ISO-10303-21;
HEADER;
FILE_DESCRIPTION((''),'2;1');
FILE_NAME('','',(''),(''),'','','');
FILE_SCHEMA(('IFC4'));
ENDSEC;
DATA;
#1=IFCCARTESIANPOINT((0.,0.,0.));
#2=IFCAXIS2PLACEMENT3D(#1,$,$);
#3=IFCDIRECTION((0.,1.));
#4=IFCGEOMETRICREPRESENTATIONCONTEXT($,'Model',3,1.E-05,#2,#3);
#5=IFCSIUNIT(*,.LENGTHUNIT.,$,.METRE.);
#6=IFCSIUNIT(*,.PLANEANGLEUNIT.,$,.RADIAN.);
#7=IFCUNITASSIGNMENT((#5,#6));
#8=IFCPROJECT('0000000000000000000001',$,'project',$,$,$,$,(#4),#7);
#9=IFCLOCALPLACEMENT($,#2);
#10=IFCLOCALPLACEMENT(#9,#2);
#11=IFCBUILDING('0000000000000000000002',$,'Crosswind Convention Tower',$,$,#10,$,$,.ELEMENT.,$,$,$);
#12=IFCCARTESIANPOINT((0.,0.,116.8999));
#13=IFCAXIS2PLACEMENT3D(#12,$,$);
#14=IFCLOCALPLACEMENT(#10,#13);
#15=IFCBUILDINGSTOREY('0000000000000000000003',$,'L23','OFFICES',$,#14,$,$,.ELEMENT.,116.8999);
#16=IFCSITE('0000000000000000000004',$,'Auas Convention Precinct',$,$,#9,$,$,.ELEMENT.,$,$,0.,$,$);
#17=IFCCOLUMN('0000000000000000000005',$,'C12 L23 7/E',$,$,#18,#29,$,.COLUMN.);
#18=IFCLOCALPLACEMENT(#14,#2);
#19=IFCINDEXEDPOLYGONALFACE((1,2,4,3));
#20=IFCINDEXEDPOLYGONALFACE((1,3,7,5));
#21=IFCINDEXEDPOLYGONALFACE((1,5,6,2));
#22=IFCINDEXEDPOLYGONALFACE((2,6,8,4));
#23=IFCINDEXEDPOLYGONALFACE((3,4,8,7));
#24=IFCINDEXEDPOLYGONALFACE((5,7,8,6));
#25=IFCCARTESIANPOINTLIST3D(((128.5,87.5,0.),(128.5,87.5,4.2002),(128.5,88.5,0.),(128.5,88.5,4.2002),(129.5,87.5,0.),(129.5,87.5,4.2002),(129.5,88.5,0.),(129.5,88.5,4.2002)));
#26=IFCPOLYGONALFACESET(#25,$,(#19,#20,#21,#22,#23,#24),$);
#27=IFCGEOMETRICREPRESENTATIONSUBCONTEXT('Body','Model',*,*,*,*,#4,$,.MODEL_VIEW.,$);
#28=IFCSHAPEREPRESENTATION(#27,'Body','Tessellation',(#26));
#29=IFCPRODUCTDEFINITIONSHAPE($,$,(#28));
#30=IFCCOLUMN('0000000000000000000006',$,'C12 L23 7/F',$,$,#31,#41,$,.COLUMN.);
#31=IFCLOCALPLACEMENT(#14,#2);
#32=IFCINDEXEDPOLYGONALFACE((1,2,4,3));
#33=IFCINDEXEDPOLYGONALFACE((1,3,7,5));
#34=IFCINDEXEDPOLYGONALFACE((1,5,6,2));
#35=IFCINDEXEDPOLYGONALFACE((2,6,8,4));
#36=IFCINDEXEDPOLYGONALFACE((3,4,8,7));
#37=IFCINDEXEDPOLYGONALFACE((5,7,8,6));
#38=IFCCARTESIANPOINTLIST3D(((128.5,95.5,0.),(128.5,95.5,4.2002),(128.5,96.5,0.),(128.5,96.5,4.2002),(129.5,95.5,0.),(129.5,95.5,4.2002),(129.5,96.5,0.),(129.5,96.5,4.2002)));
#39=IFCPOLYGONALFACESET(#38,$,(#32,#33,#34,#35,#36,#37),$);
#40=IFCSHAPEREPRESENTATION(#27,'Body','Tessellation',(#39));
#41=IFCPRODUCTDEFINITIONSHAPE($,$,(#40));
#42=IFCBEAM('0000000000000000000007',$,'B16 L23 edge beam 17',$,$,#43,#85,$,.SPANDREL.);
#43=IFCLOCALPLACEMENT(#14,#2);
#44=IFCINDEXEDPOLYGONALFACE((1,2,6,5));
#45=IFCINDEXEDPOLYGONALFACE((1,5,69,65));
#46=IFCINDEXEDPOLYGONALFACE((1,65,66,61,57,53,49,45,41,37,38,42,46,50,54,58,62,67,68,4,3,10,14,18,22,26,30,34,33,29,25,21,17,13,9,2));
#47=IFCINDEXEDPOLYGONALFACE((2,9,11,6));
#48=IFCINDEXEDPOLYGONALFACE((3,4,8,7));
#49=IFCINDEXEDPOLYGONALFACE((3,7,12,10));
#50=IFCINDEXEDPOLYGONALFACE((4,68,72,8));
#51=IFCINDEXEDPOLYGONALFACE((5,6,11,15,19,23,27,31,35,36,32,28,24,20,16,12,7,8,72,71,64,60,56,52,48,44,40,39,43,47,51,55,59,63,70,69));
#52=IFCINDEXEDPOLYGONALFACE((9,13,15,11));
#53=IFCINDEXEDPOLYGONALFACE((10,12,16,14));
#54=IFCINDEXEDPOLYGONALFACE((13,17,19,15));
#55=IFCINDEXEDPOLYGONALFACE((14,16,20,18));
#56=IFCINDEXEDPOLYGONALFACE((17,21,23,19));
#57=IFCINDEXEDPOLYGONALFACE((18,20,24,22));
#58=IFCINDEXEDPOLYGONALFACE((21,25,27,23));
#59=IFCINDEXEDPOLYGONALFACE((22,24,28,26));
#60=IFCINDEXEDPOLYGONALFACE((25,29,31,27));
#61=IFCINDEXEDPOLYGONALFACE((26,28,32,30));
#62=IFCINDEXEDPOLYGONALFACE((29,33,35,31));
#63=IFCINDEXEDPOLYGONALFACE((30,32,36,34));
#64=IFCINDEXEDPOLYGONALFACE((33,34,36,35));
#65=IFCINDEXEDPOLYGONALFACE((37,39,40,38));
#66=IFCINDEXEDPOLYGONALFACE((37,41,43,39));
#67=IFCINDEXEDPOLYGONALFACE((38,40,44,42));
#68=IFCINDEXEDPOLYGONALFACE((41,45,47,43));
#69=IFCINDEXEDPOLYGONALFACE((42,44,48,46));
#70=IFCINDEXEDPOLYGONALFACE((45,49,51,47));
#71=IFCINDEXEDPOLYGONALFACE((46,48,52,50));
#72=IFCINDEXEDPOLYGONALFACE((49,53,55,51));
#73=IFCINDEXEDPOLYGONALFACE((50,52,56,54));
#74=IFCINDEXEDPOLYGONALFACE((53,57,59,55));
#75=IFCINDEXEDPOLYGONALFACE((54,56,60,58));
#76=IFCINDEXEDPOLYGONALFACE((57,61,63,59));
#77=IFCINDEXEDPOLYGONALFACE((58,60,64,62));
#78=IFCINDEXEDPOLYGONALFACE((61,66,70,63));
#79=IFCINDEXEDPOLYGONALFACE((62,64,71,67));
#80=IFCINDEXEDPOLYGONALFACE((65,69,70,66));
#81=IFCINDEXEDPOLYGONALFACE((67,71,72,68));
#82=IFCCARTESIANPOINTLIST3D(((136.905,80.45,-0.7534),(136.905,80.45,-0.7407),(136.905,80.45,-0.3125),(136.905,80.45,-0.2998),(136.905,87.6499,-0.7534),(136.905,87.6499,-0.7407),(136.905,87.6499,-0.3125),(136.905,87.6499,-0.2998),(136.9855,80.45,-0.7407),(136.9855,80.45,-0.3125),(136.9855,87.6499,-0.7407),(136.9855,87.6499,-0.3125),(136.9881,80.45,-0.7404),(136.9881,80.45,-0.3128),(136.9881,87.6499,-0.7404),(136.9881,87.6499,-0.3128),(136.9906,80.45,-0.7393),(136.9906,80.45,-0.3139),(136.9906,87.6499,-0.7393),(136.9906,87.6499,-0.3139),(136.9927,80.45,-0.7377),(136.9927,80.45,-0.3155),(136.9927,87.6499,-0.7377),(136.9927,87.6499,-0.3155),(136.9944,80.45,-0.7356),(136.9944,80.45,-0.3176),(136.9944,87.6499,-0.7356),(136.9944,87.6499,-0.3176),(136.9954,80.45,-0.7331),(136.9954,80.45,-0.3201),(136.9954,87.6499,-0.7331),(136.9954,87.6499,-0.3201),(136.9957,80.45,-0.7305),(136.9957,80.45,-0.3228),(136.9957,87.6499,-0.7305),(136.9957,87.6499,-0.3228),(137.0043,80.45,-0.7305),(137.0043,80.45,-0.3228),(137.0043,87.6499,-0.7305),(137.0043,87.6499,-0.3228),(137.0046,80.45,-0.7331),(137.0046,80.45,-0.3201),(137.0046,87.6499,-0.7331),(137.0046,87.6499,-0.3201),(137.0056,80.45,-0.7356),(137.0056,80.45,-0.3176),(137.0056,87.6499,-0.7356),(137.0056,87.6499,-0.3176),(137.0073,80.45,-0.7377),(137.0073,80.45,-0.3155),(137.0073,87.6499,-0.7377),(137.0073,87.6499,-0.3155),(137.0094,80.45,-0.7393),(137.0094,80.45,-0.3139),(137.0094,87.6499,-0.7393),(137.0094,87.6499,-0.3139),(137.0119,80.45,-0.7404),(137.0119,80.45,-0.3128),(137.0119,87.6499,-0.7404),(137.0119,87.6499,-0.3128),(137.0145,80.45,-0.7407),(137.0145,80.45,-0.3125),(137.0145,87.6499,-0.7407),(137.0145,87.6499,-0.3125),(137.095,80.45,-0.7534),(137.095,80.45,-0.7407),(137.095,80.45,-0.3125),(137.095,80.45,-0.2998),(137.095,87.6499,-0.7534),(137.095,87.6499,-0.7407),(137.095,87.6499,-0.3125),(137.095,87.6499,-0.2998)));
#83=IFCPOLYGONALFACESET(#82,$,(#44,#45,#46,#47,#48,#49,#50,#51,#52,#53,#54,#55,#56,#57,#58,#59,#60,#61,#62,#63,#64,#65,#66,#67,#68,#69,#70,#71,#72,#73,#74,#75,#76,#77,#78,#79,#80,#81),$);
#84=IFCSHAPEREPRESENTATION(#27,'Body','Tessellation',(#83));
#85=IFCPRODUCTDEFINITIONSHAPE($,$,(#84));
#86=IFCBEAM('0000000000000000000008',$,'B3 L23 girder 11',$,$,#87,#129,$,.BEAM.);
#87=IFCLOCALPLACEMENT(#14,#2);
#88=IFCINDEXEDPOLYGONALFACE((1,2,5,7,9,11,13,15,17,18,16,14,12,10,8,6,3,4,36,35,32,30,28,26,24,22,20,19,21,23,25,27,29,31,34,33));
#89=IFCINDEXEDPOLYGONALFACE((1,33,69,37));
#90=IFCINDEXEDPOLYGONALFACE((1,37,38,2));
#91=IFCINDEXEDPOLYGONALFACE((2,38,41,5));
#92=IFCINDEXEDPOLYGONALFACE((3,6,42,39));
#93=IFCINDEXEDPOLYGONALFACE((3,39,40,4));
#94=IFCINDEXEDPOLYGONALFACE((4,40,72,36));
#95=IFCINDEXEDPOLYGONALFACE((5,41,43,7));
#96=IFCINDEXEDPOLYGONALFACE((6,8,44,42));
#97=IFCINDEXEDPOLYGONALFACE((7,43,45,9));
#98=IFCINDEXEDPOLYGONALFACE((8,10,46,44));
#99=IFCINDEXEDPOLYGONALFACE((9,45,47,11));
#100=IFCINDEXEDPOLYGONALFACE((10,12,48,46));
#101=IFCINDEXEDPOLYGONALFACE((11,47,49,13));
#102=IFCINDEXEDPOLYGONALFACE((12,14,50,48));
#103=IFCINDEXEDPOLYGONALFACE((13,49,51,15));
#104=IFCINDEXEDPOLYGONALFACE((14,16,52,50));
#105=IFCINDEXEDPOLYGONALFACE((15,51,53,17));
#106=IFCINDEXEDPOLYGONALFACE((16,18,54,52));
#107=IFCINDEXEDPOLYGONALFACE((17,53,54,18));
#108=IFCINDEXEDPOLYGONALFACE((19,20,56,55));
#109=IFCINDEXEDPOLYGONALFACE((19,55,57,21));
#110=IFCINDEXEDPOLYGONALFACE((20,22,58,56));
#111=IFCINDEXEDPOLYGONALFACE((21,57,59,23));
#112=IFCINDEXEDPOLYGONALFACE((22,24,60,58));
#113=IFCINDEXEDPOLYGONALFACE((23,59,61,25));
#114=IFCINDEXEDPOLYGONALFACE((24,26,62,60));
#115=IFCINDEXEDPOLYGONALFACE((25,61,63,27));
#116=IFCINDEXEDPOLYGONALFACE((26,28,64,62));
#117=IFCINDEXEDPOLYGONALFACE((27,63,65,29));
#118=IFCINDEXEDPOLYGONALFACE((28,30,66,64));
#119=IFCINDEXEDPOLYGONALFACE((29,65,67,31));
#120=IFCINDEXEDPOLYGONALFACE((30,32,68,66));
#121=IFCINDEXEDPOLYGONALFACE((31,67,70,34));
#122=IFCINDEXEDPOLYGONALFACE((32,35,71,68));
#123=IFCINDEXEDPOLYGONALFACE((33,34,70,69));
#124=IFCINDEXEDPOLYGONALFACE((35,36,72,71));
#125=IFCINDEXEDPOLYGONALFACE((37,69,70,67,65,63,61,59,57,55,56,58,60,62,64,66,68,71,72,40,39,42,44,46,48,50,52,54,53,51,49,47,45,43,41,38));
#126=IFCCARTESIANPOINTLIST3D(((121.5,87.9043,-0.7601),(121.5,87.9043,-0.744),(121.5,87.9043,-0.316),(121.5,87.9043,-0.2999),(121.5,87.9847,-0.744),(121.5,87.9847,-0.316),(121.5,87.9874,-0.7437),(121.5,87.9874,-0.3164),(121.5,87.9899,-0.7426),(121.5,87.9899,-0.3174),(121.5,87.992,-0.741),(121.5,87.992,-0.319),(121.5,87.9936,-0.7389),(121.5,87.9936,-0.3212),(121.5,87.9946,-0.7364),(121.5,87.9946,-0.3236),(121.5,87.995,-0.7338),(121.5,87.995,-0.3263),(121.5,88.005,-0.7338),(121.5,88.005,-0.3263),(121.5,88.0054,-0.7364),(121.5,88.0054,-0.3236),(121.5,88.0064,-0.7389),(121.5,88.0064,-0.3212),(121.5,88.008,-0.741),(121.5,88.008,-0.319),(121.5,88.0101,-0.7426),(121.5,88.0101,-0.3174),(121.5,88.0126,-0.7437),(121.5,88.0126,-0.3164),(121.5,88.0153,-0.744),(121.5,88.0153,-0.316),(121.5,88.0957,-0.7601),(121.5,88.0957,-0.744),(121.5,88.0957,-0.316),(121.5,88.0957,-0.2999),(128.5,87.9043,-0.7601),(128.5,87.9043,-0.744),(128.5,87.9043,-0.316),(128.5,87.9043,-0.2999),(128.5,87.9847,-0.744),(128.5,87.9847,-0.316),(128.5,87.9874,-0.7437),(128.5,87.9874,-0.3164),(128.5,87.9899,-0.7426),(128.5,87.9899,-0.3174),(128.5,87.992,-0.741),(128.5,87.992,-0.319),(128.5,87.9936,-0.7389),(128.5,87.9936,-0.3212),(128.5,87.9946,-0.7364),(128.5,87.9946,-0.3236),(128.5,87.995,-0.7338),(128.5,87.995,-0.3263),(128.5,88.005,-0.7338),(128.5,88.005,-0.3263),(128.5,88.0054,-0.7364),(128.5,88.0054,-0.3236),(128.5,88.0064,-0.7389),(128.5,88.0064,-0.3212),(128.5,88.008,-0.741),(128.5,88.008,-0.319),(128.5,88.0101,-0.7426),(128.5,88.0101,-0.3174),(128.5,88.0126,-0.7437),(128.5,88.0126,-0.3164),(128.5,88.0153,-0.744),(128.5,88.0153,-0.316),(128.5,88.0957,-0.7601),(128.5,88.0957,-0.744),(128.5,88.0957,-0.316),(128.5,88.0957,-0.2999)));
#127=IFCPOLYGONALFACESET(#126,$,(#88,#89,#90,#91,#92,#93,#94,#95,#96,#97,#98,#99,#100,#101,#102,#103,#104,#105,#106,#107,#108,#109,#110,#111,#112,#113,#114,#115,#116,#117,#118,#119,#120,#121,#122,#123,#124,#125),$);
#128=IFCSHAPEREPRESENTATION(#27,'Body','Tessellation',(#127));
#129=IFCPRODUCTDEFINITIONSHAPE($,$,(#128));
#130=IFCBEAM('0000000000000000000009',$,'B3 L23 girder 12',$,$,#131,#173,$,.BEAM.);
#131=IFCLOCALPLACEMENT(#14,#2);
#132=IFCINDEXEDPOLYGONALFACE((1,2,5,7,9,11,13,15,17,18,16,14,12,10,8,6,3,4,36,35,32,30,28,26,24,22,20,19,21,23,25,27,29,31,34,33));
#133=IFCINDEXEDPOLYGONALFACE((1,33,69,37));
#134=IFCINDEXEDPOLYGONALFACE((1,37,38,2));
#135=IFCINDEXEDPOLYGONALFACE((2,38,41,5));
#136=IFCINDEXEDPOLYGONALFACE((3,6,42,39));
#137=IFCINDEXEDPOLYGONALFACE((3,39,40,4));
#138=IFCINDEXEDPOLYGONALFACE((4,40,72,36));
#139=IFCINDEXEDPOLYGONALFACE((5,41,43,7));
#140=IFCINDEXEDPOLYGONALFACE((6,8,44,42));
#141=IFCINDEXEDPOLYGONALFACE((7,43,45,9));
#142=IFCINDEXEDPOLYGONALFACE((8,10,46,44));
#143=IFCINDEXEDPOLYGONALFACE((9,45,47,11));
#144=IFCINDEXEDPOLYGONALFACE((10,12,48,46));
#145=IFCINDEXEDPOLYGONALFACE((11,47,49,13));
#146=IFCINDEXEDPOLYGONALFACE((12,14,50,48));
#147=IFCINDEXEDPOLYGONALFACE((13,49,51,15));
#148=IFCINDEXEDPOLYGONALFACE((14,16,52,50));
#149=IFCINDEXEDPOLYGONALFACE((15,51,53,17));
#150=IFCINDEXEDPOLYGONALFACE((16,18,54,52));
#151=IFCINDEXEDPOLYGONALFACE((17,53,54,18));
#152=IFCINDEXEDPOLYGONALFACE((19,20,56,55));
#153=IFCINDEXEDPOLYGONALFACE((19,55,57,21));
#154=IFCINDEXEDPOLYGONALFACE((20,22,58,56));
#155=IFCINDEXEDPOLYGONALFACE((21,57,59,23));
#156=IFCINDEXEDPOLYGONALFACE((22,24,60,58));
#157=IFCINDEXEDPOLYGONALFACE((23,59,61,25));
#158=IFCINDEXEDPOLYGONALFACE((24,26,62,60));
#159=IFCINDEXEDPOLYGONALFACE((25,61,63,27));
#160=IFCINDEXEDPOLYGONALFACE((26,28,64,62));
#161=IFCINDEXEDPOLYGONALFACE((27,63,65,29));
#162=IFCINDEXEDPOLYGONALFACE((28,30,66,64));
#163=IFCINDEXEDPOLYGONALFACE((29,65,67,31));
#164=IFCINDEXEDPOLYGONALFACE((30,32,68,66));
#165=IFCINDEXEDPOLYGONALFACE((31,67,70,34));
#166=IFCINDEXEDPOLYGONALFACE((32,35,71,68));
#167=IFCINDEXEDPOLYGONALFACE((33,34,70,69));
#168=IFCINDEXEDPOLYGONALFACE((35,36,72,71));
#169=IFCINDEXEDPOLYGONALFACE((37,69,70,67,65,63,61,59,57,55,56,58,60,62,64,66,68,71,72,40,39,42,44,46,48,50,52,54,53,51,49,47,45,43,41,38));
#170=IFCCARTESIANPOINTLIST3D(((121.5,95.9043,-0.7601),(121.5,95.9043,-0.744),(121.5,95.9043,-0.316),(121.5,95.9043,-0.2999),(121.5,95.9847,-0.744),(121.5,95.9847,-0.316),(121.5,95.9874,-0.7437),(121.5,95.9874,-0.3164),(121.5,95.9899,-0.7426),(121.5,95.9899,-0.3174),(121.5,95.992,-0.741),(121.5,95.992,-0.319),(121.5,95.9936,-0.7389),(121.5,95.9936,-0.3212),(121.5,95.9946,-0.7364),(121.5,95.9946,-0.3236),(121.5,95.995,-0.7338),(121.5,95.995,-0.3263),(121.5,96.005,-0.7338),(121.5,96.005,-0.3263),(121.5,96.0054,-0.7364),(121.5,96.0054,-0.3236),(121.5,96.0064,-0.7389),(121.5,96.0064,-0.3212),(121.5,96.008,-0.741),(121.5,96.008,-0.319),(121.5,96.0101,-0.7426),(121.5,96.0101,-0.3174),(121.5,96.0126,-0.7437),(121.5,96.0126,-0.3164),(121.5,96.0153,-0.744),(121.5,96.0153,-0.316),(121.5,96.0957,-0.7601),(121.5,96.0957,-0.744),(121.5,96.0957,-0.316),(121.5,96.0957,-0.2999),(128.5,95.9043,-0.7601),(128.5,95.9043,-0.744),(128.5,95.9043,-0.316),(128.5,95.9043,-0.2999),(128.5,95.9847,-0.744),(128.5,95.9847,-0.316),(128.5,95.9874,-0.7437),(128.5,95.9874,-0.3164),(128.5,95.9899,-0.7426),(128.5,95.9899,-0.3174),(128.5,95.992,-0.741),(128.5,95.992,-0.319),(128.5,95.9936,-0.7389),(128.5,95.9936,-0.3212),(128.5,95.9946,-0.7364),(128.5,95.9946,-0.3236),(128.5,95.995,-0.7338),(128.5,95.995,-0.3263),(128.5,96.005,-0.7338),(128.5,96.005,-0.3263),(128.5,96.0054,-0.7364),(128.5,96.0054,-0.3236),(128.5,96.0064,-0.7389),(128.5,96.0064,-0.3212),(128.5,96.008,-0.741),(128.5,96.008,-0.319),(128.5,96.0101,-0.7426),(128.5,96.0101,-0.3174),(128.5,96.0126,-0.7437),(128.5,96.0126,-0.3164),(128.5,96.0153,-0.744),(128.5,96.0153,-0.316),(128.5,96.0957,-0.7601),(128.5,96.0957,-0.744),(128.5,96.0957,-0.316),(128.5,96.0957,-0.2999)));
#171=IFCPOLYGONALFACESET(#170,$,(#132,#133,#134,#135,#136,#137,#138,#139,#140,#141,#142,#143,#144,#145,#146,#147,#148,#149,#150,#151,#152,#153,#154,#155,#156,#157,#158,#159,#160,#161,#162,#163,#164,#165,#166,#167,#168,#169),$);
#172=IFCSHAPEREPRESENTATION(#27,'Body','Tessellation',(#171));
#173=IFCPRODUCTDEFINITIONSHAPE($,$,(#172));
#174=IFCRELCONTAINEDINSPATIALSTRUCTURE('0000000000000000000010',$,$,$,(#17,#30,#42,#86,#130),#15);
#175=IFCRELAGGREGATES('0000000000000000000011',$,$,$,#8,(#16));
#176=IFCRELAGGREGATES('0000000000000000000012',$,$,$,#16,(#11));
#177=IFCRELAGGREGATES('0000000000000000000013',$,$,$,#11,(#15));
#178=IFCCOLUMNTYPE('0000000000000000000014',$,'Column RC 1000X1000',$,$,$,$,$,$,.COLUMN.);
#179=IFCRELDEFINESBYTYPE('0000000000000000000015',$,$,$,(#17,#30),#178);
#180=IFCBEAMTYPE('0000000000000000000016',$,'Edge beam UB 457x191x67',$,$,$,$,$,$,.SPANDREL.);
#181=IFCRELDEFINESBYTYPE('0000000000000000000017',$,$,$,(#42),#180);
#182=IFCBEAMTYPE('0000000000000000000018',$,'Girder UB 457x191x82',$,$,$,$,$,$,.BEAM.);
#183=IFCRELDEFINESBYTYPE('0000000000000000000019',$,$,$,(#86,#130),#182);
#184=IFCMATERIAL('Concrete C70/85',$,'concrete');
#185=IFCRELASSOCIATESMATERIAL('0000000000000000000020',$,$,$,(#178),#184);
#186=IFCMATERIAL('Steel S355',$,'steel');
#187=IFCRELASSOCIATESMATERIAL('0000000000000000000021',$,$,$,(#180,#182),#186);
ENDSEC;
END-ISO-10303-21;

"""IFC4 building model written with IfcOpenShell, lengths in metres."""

from ifc_helpers import new_model, si_unit, direction, frame, origin, origin_2d, place, context, subcontext, project, spatial, rectangle, i_section, extrude, material, material_profile, profile_set, type_object, element, save


model = new_model("IFC4")

# Units and contexts
model_context = context("Model", 3, precision=1e-05, world=origin(), true_north=direction((0.0, 1.0)))
body_context = subcontext(model_context, "Body", "Model", "MODEL_VIEW")
ifc_project = project(units=[si_unit("LENGTHUNIT", "METRE"), si_unit("PLANEANGLEUNIT", "RADIAN")], contexts=[model_context])

# Site, building, storey
site_placement = place(None, origin())
site = spatial("IfcSite", under=ifc_project, at=site_placement, Name="Auas Convention Precinct", CompositionType="ELEMENT", RefElevation=0.0)
building_placement = place(site_placement, origin())
building = spatial("IfcBuilding", under=site, at=building_placement, Name="Crosswind Convention Tower", CompositionType="ELEMENT")
storey_placement = place(building_placement, frame((0.0, 0.0, 116.8999)))
storey = spatial("IfcBuildingStorey", under=building, at=storey_placement, Name="L23", Description="OFFICES", CompositionType="ELEMENT", Elevation=116.8999)

# Columns
ifc_material_1 = material(Name="Concrete C70/85", Category="concrete")
ifc_material_profile_1 = material_profile(ifc_material_1, rectangle(XDim=1.0, YDim=1.0, at=origin_2d()), Name="RC 1000X1000")
ifc_profile_set_1 = profile_set([ifc_material_profile_1], Name="Concrete C70/85")
column_type = type_object("IfcColumnType", Name="Column RC 1000X1000", PredefinedType="COLUMN", material=ifc_profile_set_1)
for number, where, z_axis, x_axis, name in (
    (1, (129.0, 88.0, 0.0), (0.0, 0.0, 1.0), (1.0, 0.0, 0.0), "C12 L23 7/E"),
    (2, (129.0, 96.0, 0.0), (0.0, 0.0, 1.0), (1.0, 0.0, 0.0), "C12 L23 7/F"),
):
    element("IfcColumn", number, at=place(storey_placement, frame(where, z_axis=z_axis, x_axis=x_axis)), inside=storey, type_object=column_type, Name=name, PredefinedType="COLUMN", context=body_context, shape_type="SweptSolid", body=[
        extrude(rectangle(XDim=1.0, YDim=1.0, at=origin_2d()), origin(), (0.0, 0.0, 1.0), 4.2002),
    ])

# Beams
ifc_material_2 = material(Name="Steel S355", Category="steel")
ifc_material_profile_2 = material_profile(ifc_material_2, i_section(OverallWidth=0.1899, OverallDepth=0.4536, WebThickness=0.0085, FlangeThickness=0.0127, FilletRadius=0.0103, at=origin_2d()), Name="UB 457x191x67")
ifc_profile_set_2 = profile_set([ifc_material_profile_2], Name="Steel S355")
beam_type_1 = type_object("IfcBeamType", Name="Edge beam UB 457x191x67", PredefinedType="SPANDREL", material=ifc_profile_set_2)
beam_1_placement = place(storey_placement, frame((137.0, 80.45, -0.5266), z_axis=(0.0, 1.0, 0.0), x_axis=(-1.0, 0.0, 0.0)))
element("IfcBeam", 3, at=beam_1_placement, inside=storey, type_object=beam_type_1, Name="B16 L23 edge beam 17", PredefinedType="SPANDREL", context=body_context, shape_type="SweptSolid", body=[
    extrude(i_section(OverallWidth=0.1899, OverallDepth=0.4536, WebThickness=0.0085, FlangeThickness=0.0127, FilletRadius=0.0103, at=origin_2d()), origin(), (0.0, 0.0, 1.0), 7.2),
])
ifc_material_profile_3 = material_profile(ifc_material_2, i_section(OverallWidth=0.1914, OverallDepth=0.4602, WebThickness=0.01, FlangeThickness=0.0161, FilletRadius=0.0103, at=origin_2d()), Name="UB 457x191x82")
ifc_profile_set_3 = profile_set([ifc_material_profile_3], Name="Steel S355")
beam_type_2 = type_object("IfcBeamType", Name="Girder UB 457x191x82", PredefinedType="BEAM", material=ifc_profile_set_3)
for number, where, z_axis, x_axis, name in (
    (4, (121.5, 88.0, -0.53), (1.0, 0.0, 0.0), (0.0, 1.0, 0.0), "B3 L23 girder 11"),
    (5, (121.5, 96.0, -0.53), (1.0, 0.0, 0.0), (0.0, 1.0, 0.0), "B3 L23 girder 12"),
):
    element("IfcBeam", number, at=place(storey_placement, frame(where, z_axis=z_axis, x_axis=x_axis)), inside=storey, type_object=beam_type_2, Name=name, PredefinedType="BEAM", context=body_context, shape_type="SweptSolid", body=[
        extrude(i_section(OverallWidth=0.1914, OverallDepth=0.4602, WebThickness=0.01, FlangeThickness=0.0161, FilletRadius=0.0103, at=origin_2d()), origin(), (0.0, 0.0, 1.0), 7.0),
    ])

save(model, "model.ifc")
